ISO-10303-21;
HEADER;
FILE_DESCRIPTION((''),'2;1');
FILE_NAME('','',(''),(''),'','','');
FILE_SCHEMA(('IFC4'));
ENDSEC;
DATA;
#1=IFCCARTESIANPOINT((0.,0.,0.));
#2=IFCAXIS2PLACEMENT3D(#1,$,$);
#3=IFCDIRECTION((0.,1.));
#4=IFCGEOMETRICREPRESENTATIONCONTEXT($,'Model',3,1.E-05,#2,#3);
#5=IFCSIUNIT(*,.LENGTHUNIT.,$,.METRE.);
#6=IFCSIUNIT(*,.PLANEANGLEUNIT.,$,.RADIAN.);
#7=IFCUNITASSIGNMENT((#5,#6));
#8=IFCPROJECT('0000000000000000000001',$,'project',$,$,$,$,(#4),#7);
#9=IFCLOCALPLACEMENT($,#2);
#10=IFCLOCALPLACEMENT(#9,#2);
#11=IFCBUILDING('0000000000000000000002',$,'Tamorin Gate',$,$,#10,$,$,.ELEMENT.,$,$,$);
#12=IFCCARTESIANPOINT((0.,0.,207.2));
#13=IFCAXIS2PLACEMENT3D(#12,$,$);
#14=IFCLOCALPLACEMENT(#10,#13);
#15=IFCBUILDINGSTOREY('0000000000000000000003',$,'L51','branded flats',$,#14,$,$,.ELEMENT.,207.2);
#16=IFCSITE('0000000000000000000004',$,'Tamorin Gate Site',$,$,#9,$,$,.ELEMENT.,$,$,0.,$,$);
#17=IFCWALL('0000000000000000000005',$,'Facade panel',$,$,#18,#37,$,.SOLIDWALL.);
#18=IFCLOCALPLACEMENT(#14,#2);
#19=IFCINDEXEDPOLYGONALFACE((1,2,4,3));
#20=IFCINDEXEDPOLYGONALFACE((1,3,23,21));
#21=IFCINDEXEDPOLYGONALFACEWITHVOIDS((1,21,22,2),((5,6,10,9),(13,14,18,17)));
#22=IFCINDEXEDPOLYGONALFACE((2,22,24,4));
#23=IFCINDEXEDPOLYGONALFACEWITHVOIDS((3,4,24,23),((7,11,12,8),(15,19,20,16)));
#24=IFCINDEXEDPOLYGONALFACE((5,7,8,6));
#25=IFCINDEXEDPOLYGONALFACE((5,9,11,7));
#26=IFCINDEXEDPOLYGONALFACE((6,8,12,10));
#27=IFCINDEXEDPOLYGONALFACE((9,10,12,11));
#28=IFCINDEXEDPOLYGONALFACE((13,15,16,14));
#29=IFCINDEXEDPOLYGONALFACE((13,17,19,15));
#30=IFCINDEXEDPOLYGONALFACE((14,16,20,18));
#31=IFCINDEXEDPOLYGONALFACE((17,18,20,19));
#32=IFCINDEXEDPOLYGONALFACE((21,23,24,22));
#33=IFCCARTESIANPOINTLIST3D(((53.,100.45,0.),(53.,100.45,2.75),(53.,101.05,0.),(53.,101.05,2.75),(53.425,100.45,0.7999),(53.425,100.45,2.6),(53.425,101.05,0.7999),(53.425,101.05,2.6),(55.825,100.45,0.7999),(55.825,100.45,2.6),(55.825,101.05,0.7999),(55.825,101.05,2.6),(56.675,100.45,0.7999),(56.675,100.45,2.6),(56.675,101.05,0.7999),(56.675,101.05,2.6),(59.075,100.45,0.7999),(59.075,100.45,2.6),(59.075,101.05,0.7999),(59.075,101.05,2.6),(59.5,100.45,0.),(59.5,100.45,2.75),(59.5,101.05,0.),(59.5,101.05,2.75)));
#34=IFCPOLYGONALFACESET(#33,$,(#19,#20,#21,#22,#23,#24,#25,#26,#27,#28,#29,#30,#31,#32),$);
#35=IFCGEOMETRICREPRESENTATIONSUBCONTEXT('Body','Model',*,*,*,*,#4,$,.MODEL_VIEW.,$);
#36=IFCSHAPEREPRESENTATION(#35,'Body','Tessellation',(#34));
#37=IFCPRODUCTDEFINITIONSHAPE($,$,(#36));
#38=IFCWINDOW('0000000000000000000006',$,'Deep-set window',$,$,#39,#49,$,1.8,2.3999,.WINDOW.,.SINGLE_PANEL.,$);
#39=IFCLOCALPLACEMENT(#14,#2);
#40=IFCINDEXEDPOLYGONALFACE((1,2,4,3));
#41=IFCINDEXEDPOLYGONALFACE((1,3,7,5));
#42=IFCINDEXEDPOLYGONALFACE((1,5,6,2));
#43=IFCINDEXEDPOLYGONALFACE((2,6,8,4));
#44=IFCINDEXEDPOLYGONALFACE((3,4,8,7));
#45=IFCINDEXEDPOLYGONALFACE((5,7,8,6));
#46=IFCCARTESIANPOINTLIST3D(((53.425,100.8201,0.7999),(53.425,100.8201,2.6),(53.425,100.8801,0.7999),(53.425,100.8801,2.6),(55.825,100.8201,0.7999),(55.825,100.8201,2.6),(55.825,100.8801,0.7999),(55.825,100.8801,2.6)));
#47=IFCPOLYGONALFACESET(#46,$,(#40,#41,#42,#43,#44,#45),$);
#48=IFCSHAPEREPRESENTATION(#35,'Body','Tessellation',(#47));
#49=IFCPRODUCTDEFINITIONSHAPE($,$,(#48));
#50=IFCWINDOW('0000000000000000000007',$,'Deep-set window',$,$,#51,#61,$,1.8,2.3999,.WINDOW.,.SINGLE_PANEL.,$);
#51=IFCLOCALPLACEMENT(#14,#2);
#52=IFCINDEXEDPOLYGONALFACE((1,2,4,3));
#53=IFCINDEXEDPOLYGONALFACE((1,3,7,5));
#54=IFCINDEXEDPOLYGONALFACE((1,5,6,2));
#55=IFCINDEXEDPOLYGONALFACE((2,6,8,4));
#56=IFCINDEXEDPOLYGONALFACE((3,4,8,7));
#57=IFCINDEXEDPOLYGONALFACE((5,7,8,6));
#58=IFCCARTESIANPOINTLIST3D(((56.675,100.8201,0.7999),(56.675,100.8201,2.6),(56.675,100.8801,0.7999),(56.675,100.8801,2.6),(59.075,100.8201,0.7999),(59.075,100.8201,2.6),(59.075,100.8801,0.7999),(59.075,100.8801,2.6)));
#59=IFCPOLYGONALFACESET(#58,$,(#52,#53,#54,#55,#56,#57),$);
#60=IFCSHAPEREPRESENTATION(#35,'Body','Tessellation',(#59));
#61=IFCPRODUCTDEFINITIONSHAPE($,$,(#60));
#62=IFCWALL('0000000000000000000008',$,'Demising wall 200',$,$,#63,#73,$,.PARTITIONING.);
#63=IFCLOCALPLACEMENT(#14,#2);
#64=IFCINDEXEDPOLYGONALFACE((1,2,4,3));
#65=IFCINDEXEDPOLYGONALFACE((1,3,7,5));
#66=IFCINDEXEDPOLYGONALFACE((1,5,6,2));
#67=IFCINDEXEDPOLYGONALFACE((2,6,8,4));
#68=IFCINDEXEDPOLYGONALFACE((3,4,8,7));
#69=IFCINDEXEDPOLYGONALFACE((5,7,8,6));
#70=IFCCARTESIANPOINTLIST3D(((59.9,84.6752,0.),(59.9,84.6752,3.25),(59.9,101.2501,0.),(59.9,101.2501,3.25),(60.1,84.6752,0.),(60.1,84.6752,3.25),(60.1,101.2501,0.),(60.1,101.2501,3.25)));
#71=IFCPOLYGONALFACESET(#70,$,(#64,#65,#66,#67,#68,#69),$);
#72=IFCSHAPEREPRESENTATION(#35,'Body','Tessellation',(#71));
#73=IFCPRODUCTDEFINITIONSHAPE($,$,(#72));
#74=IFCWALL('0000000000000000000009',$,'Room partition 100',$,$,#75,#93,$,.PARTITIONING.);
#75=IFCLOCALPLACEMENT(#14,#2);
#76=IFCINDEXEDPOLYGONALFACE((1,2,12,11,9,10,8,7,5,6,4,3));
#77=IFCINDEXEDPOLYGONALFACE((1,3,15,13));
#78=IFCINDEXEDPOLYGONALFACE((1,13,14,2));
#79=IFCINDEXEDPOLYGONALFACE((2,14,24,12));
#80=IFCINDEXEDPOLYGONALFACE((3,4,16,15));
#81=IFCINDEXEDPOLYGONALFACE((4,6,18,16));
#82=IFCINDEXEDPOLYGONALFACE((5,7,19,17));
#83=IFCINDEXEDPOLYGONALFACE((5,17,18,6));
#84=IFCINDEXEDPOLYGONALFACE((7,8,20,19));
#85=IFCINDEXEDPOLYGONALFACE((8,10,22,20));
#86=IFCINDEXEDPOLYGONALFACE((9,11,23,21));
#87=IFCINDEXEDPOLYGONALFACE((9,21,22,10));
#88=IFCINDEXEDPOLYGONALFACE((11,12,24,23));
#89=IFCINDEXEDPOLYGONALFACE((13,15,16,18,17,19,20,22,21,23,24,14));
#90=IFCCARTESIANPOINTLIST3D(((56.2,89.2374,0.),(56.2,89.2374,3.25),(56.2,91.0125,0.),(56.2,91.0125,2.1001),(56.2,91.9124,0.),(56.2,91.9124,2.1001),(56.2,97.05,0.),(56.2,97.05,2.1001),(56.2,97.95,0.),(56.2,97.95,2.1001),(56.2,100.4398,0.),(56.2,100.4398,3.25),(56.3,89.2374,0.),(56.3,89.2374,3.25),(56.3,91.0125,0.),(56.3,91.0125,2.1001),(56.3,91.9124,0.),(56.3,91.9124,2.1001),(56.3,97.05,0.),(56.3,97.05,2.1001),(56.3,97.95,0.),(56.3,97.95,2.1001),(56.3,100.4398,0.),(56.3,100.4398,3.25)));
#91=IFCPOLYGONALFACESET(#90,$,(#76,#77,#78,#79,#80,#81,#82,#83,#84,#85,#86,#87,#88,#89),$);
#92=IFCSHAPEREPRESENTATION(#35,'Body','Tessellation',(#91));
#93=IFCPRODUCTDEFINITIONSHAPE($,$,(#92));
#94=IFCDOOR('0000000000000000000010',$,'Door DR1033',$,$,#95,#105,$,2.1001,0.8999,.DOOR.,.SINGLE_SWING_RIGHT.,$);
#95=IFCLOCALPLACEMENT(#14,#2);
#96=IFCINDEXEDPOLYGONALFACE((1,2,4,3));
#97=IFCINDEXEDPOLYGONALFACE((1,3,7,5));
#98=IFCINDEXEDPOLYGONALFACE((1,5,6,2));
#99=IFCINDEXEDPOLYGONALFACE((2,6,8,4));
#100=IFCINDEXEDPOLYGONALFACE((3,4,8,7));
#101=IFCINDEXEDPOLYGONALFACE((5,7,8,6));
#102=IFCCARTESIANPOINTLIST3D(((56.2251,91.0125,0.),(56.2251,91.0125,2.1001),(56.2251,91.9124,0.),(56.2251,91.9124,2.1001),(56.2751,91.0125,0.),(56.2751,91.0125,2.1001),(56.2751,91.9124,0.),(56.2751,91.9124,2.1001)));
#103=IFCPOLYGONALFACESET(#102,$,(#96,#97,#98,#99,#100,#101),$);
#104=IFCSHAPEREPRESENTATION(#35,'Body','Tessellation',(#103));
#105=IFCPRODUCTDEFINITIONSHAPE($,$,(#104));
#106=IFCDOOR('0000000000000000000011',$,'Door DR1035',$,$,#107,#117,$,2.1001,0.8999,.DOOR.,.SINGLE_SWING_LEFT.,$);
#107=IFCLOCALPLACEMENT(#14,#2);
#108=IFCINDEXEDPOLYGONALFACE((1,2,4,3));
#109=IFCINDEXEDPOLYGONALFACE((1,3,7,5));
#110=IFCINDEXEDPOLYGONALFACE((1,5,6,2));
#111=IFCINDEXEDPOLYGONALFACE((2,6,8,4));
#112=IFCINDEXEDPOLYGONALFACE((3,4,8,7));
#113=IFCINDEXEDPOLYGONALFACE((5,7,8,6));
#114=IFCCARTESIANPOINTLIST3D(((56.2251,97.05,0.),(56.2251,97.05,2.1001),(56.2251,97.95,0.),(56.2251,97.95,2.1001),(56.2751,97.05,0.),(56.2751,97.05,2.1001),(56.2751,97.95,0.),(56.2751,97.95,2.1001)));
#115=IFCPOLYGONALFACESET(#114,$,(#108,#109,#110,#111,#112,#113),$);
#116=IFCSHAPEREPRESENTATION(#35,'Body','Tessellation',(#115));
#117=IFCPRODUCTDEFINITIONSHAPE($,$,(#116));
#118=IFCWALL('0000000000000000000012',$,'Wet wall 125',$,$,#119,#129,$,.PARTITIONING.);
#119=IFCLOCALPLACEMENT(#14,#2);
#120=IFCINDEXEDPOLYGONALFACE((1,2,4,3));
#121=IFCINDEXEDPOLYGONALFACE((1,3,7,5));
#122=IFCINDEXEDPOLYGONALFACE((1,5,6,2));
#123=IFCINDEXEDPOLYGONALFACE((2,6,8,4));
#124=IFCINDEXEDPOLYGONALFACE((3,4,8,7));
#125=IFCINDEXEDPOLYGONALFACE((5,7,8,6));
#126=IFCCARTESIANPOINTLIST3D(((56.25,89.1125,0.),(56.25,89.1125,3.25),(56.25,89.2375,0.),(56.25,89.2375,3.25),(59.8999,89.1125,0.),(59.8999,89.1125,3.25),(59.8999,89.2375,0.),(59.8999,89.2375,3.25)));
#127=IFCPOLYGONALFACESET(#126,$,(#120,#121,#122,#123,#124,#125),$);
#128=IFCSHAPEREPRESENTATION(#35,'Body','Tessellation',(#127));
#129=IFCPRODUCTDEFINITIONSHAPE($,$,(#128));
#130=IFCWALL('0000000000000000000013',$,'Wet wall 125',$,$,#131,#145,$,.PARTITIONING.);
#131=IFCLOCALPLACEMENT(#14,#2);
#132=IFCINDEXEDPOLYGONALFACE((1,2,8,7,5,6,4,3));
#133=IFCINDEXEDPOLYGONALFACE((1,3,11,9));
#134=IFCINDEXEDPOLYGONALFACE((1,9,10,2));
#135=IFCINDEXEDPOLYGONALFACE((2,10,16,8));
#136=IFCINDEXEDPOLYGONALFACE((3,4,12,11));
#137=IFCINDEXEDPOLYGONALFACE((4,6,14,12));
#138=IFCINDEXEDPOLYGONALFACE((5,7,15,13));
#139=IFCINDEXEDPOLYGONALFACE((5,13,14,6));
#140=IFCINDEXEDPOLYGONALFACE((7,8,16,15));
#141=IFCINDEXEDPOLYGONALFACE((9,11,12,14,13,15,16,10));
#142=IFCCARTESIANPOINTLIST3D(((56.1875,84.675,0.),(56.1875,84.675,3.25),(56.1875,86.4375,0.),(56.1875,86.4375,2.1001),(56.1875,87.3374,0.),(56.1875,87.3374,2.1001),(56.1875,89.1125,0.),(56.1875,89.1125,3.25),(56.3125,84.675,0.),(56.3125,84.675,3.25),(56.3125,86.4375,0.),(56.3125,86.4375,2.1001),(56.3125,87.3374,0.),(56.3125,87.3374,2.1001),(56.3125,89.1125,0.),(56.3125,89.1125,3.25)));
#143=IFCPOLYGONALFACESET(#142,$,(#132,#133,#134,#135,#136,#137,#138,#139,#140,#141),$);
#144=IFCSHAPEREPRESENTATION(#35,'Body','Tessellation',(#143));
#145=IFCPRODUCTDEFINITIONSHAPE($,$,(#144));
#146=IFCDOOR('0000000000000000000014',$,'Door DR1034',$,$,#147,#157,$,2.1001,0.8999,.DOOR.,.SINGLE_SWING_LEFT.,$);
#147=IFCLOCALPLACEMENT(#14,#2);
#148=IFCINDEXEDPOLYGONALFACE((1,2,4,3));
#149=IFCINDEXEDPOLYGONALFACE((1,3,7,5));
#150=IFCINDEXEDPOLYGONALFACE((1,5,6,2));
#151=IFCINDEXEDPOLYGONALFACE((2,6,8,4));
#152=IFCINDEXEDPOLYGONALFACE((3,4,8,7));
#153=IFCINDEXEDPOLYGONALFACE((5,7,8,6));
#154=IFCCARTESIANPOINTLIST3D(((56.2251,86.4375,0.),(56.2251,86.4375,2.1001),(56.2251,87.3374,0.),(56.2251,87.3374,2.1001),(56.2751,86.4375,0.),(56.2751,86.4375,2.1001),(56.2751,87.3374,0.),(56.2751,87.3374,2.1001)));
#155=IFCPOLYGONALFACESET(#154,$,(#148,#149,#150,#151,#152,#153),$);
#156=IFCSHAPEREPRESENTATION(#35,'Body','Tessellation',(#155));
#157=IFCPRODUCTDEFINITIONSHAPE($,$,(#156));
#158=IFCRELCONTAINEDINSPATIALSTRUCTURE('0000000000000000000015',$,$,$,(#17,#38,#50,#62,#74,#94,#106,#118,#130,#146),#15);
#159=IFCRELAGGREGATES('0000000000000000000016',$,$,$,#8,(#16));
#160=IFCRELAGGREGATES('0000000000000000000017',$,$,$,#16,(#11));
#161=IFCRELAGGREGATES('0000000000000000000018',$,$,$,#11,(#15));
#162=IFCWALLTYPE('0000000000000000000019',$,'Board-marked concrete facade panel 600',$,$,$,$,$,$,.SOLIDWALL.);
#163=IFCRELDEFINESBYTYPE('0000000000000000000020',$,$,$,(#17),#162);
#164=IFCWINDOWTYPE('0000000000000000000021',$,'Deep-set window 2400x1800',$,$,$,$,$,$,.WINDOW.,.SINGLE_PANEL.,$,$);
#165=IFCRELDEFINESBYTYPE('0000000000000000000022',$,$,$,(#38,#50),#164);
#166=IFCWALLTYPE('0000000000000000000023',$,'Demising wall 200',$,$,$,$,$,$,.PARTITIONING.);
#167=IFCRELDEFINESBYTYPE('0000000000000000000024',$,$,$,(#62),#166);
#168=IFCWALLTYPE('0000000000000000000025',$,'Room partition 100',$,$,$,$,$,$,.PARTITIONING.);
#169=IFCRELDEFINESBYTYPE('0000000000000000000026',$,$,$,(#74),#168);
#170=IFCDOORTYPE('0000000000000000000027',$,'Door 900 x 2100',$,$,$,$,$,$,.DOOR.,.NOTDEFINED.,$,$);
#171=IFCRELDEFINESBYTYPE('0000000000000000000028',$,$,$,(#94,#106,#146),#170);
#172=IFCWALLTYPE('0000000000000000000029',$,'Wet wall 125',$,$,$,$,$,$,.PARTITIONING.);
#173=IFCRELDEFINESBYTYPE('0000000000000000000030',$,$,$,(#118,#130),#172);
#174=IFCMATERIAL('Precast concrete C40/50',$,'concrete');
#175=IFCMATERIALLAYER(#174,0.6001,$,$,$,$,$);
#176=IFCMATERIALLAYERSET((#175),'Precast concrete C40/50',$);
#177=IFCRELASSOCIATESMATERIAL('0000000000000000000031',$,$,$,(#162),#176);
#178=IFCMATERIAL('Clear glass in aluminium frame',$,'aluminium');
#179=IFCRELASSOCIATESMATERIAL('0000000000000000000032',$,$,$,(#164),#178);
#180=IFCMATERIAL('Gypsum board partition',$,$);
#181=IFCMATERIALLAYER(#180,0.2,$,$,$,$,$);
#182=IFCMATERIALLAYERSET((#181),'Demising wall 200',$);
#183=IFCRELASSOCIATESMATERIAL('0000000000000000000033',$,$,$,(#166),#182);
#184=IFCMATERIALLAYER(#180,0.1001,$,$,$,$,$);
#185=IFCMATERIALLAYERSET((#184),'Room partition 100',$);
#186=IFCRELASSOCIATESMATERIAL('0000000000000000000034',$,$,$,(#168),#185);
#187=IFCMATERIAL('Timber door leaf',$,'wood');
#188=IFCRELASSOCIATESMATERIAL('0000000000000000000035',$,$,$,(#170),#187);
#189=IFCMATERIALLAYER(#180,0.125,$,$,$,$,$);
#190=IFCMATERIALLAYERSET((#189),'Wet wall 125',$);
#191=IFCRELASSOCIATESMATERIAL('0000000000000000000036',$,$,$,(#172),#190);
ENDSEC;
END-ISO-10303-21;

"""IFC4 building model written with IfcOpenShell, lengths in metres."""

from ifc_helpers import new_model, si_unit, direction, frame, frame_2d, origin, place, context, subcontext, project, spatial, rectangle, extrude, material, layer, layer_set, type_object, element, fill, save


model = new_model("IFC4")

# Units and contexts
model_context = context("Model", 3, precision=1e-05, world=origin(), true_north=direction((0.0, 1.0)))
body_context = subcontext(model_context, "Body", "Model", "MODEL_VIEW")
ifc_project = project(units=[si_unit("LENGTHUNIT", "METRE"), si_unit("PLANEANGLEUNIT", "RADIAN")], contexts=[model_context])

# Site, building, storey
site_placement = place(None, origin())
site = spatial("IfcSite", under=ifc_project, at=site_placement, Name="Tamorin Gate Site", CompositionType="ELEMENT", RefElevation=0.0)
building_placement = place(site_placement, origin())
building = spatial("IfcBuilding", under=site, at=building_placement, Name="Tamorin Gate", CompositionType="ELEMENT")
storey_placement = place(building_placement, frame((0.0, 0.0, 207.2)))
storey = spatial("IfcBuildingStorey", under=building, at=storey_placement, Name="L51", Description="branded flats", CompositionType="ELEMENT", Elevation=207.2)

# Wall, openings, windows
ifc_material_1 = material(Name="Precast concrete C40/50", Category="concrete")
ifc_layer_1 = layer(ifc_material_1, 0.6001)
ifc_layer_set_1 = layer_set([ifc_layer_1], Name="Precast concrete C40/50")
wall_type_1 = type_object("IfcWallType", Name="Board-marked concrete facade panel 600", PredefinedType="SOLIDWALL", material=ifc_layer_set_1)
ifc_material_2 = material(Name="Clear glass in aluminium frame", Category="aluminium")
window_type = type_object("IfcWindowType", Name="Deep-set window 2400x1800", PartitioningType="SINGLE_PANEL", PredefinedType="WINDOW", material=ifc_material_2)
wall_1_placement = place(storey_placement, frame((59.5, 100.75, 0.0), z_axis=(0.0, 0.0, 1.0), x_axis=(-1.0, 0.0, 0.0)))
wall_1 = element("IfcWall", 1, at=wall_1_placement, inside=storey, type_object=wall_type_1, Name="Facade panel", PredefinedType="SOLIDWALL", context=body_context, shape_type="SweptSolid", body=[
    extrude(rectangle(XDim=6.5, YDim=0.6001, at=frame_2d((3.25, 0.0))), origin(), (0.0, 0.0, 1.0), 2.75),
])
opening_1_placement = place(wall_1_placement, frame((3.675, 0.0, 0.8)))
opening_1 = element("IfcOpeningElement", 2, at=opening_1_placement, cuts=wall_1, PredefinedType="OPENING", context=body_context, shape_type="SweptSolid", body=[
    extrude(rectangle(XDim=2.3999, YDim=1.8, at=frame_2d((1.2, 0.8999))), frame((0.0, 0.3101, 0.0), z_axis=(0.0, -1.0, 0.0), x_axis=(1.0, 0.0, 0.0)), (0.0, 0.0, 1.0), 0.6201),
])
opening_2_placement = place(wall_1_placement, frame((0.425, 0.0, 0.8)))
opening_2 = element("IfcOpeningElement", 3, at=opening_2_placement, cuts=wall_1, PredefinedType="OPENING", context=body_context, shape_type="SweptSolid", body=[
    extrude(rectangle(XDim=2.3999, YDim=1.8, at=frame_2d((1.2, 0.8999))), frame((0.0, 0.3101, 0.0), z_axis=(0.0, -1.0, 0.0), x_axis=(1.0, 0.0, 0.0)), (0.0, 0.0, 1.0), 0.6201),
])
window_1_placement = place(opening_1_placement, origin())
window_1 = element("IfcWindow", 4, at=window_1_placement, inside=storey, type_object=window_type, Name="Deep-set window", OverallHeight=1.8, OverallWidth=2.3999, PartitioningType="SINGLE_PANEL", PredefinedType="WINDOW", context=body_context, shape_type="SweptSolid", body=[
    extrude(rectangle(XDim=2.3999, YDim=1.8, at=frame_2d((1.2, 0.8999))), frame((0.0, -0.0701, 0.0), z_axis=(0.0, -1.0, 0.0), x_axis=(1.0, 0.0, 0.0)), (0.0, 0.0, 1.0), 0.0601),
])
fill(opening_1, window_1)
window_2_placement = place(opening_2_placement, origin())
window_2 = element("IfcWindow", 5, at=window_2_placement, inside=storey, type_object=window_type, Name="Deep-set window", OverallHeight=1.8, OverallWidth=2.3999, PartitioningType="SINGLE_PANEL", PredefinedType="WINDOW", context=body_context, shape_type="SweptSolid", body=[
    extrude(rectangle(XDim=2.3999, YDim=1.8, at=frame_2d((1.2, 0.8999))), frame((0.0, -0.0701, 0.0), z_axis=(0.0, -1.0, 0.0), x_axis=(1.0, 0.0, 0.0)), (0.0, 0.0, 1.0), 0.0601),
])
fill(opening_2, window_2)

# Wall
ifc_material_3 = material(Name="Gypsum board partition")
ifc_layer_2 = layer(ifc_material_3, 0.2)
ifc_layer_set_2 = layer_set([ifc_layer_2], Name="Demising wall 200")
wall_type_2 = type_object("IfcWallType", Name="Demising wall 200", PredefinedType="PARTITIONING", material=ifc_layer_set_2)
wall_2_placement = place(storey_placement, frame((60.0, 84.675, 0.0), z_axis=(0.0, 0.0, 1.0), x_axis=(0.0, 1.0, 0.0)))
element("IfcWall", 6, at=wall_2_placement, inside=storey, type_object=wall_type_2, Name="Demising wall 200", PredefinedType="PARTITIONING", context=body_context, shape_type="SweptSolid", body=[
    extrude(rectangle(XDim=16.575, YDim=0.2, at=frame_2d((8.2876, 0.0))), origin(), (0.0, 0.0, 1.0), 3.25),
])

# Wall, openings, doors
ifc_layer_3 = layer(ifc_material_3, 0.1001)
ifc_layer_set_3 = layer_set([ifc_layer_3], Name="Room partition 100")
wall_type_3 = type_object("IfcWallType", Name="Room partition 100", PredefinedType="PARTITIONING", material=ifc_layer_set_3)
wall_3_placement = place(storey_placement, frame((56.25, 89.2375, 0.0), z_axis=(0.0, 0.0, 1.0), x_axis=(0.0, 1.0, 0.0)))
wall_3 = element("IfcWall", 7, at=wall_3_placement, inside=storey, type_object=wall_type_3, Name="Room partition 100", PredefinedType="PARTITIONING", context=body_context, shape_type="SweptSolid", body=[
    extrude(rectangle(XDim=11.2024, YDim=0.1001, at=frame_2d((5.6011, 0.0))), origin(), (0.0, 0.0, 1.0), 3.25),
])
opening_3_placement = place(wall_3_placement, frame((1.7749, 0.0, 0.0)))
opening_3 = element("IfcOpeningElement", 8, at=opening_3_placement, cuts=wall_3, PredefinedType="OPENING", context=body_context, shape_type="SweptSolid", body=[
    extrude(rectangle(XDim=0.8999, YDim=2.1001, at=frame_2d((0.45, 1.05))), frame((0.0, 0.0601, 0.0), z_axis=(0.0, -1.0, 0.0), x_axis=(1.0, 0.0, 0.0)), (0.0, 0.0, 1.0), 0.1201),
])
opening_4_placement = place(wall_3_placement, frame((7.8125, 0.0, 0.0)))
opening_4 = element("IfcOpeningElement", 9, at=opening_4_placement, cuts=wall_3, PredefinedType="OPENING", context=body_context, shape_type="SweptSolid", body=[
    extrude(rectangle(XDim=0.8999, YDim=2.1001, at=frame_2d((0.45, 1.05))), frame((0.0, 0.0601, 0.0), z_axis=(0.0, -1.0, 0.0), x_axis=(1.0, 0.0, 0.0)), (0.0, 0.0, 1.0), 0.1201),
])
ifc_material_4 = material(Name="Timber door leaf", Category="wood")
door_type = type_object("IfcDoorType", Name="Door 900 x 2100", OperationType="NOTDEFINED", PredefinedType="DOOR", material=ifc_material_4)
door_1_placement = place(opening_3_placement, origin())
door_1 = element("IfcDoor", 10, at=door_1_placement, inside=storey, type_object=door_type, Name="Door DR1033", OperationType="SINGLE_SWING_RIGHT", OverallHeight=2.1001, OverallWidth=0.8999, PredefinedType="DOOR", context=body_context, shape_type="SweptSolid", body=[
    extrude(rectangle(XDim=0.8999, YDim=2.1001, at=frame_2d((0.45, 1.05))), frame((0.0, 0.0249, 0.0), z_axis=(0.0, -1.0, 0.0), x_axis=(1.0, 0.0, 0.0)), (0.0, 0.0, 1.0), 0.05),
])
fill(opening_3, door_1)
door_2_placement = place(opening_4_placement, origin())
door_2 = element("IfcDoor", 11, at=door_2_placement, inside=storey, type_object=door_type, Name="Door DR1035", OperationType="SINGLE_SWING_LEFT", OverallHeight=2.1001, OverallWidth=0.8999, PredefinedType="DOOR", context=body_context, shape_type="SweptSolid", body=[
    extrude(rectangle(XDim=0.8999, YDim=2.1001, at=frame_2d((0.45, 1.05))), frame((0.0, 0.0249, 0.0), z_axis=(0.0, -1.0, 0.0), x_axis=(1.0, 0.0, 0.0)), (0.0, 0.0, 1.0), 0.05),
])
fill(opening_4, door_2)

# Wall
ifc_layer_4 = layer(ifc_material_3, 0.125)
ifc_layer_set_4 = layer_set([ifc_layer_4], Name="Wet wall 125")
wall_type_4 = type_object("IfcWallType", Name="Wet wall 125", PredefinedType="PARTITIONING", material=ifc_layer_set_4)
wall_4_placement = place(storey_placement, frame((56.25, 89.175, 0.0), z_axis=(0.0, 0.0, 1.0), x_axis=(1.0, 0.0, 0.0)))
element("IfcWall", 12, at=wall_4_placement, inside=storey, type_object=wall_type_4, Name="Wet wall 125", PredefinedType="PARTITIONING", context=body_context, shape_type="SweptSolid", body=[
    extrude(rectangle(XDim=3.6499, YDim=0.125, at=frame_2d((1.825, 0.0))), origin(), (0.0, 0.0, 1.0), 3.25),
])

# Wall, opening, door
wall_5_placement = place(storey_placement, frame((56.25, 84.675, 0.0), z_axis=(0.0, 0.0, 1.0), x_axis=(0.0, 1.0, 0.0)))
wall_5 = element("IfcWall", 13, at=wall_5_placement, inside=storey, type_object=wall_type_4, Name="Wet wall 125", PredefinedType="PARTITIONING", context=body_context, shape_type="SweptSolid", body=[
    extrude(rectangle(XDim=4.4375, YDim=0.125, at=frame_2d((2.2188, 0.0))), origin(), (0.0, 0.0, 1.0), 3.25),
])
opening_5_placement = place(wall_5_placement, frame((1.7625, 0.0, 0.0)))
opening_5 = element("IfcOpeningElement", 14, at=opening_5_placement, cuts=wall_5, PredefinedType="OPENING", context=body_context, shape_type="SweptSolid", body=[
    extrude(rectangle(XDim=0.8999, YDim=2.1001, at=frame_2d((0.45, 1.05))), frame((0.0, 0.0725, 0.0), z_axis=(0.0, -1.0, 0.0), x_axis=(1.0, 0.0, 0.0)), (0.0, 0.0, 1.0), 0.145),
])
door_3_placement = place(opening_5_placement, origin())
door_3 = element("IfcDoor", 15, at=door_3_placement, inside=storey, type_object=door_type, Name="Door DR1034", OperationType="SINGLE_SWING_LEFT", OverallHeight=2.1001, OverallWidth=0.8999, PredefinedType="DOOR", context=body_context, shape_type="SweptSolid", body=[
    extrude(rectangle(XDim=0.8999, YDim=2.1001, at=frame_2d((0.45, 1.05))), frame((0.0, 0.0249, 0.0), z_axis=(0.0, -1.0, 0.0), x_axis=(1.0, 0.0, 0.0)), (0.0, 0.0, 1.0), 0.05),
])
fill(opening_5, door_3)

save(model, "model.ifc")
